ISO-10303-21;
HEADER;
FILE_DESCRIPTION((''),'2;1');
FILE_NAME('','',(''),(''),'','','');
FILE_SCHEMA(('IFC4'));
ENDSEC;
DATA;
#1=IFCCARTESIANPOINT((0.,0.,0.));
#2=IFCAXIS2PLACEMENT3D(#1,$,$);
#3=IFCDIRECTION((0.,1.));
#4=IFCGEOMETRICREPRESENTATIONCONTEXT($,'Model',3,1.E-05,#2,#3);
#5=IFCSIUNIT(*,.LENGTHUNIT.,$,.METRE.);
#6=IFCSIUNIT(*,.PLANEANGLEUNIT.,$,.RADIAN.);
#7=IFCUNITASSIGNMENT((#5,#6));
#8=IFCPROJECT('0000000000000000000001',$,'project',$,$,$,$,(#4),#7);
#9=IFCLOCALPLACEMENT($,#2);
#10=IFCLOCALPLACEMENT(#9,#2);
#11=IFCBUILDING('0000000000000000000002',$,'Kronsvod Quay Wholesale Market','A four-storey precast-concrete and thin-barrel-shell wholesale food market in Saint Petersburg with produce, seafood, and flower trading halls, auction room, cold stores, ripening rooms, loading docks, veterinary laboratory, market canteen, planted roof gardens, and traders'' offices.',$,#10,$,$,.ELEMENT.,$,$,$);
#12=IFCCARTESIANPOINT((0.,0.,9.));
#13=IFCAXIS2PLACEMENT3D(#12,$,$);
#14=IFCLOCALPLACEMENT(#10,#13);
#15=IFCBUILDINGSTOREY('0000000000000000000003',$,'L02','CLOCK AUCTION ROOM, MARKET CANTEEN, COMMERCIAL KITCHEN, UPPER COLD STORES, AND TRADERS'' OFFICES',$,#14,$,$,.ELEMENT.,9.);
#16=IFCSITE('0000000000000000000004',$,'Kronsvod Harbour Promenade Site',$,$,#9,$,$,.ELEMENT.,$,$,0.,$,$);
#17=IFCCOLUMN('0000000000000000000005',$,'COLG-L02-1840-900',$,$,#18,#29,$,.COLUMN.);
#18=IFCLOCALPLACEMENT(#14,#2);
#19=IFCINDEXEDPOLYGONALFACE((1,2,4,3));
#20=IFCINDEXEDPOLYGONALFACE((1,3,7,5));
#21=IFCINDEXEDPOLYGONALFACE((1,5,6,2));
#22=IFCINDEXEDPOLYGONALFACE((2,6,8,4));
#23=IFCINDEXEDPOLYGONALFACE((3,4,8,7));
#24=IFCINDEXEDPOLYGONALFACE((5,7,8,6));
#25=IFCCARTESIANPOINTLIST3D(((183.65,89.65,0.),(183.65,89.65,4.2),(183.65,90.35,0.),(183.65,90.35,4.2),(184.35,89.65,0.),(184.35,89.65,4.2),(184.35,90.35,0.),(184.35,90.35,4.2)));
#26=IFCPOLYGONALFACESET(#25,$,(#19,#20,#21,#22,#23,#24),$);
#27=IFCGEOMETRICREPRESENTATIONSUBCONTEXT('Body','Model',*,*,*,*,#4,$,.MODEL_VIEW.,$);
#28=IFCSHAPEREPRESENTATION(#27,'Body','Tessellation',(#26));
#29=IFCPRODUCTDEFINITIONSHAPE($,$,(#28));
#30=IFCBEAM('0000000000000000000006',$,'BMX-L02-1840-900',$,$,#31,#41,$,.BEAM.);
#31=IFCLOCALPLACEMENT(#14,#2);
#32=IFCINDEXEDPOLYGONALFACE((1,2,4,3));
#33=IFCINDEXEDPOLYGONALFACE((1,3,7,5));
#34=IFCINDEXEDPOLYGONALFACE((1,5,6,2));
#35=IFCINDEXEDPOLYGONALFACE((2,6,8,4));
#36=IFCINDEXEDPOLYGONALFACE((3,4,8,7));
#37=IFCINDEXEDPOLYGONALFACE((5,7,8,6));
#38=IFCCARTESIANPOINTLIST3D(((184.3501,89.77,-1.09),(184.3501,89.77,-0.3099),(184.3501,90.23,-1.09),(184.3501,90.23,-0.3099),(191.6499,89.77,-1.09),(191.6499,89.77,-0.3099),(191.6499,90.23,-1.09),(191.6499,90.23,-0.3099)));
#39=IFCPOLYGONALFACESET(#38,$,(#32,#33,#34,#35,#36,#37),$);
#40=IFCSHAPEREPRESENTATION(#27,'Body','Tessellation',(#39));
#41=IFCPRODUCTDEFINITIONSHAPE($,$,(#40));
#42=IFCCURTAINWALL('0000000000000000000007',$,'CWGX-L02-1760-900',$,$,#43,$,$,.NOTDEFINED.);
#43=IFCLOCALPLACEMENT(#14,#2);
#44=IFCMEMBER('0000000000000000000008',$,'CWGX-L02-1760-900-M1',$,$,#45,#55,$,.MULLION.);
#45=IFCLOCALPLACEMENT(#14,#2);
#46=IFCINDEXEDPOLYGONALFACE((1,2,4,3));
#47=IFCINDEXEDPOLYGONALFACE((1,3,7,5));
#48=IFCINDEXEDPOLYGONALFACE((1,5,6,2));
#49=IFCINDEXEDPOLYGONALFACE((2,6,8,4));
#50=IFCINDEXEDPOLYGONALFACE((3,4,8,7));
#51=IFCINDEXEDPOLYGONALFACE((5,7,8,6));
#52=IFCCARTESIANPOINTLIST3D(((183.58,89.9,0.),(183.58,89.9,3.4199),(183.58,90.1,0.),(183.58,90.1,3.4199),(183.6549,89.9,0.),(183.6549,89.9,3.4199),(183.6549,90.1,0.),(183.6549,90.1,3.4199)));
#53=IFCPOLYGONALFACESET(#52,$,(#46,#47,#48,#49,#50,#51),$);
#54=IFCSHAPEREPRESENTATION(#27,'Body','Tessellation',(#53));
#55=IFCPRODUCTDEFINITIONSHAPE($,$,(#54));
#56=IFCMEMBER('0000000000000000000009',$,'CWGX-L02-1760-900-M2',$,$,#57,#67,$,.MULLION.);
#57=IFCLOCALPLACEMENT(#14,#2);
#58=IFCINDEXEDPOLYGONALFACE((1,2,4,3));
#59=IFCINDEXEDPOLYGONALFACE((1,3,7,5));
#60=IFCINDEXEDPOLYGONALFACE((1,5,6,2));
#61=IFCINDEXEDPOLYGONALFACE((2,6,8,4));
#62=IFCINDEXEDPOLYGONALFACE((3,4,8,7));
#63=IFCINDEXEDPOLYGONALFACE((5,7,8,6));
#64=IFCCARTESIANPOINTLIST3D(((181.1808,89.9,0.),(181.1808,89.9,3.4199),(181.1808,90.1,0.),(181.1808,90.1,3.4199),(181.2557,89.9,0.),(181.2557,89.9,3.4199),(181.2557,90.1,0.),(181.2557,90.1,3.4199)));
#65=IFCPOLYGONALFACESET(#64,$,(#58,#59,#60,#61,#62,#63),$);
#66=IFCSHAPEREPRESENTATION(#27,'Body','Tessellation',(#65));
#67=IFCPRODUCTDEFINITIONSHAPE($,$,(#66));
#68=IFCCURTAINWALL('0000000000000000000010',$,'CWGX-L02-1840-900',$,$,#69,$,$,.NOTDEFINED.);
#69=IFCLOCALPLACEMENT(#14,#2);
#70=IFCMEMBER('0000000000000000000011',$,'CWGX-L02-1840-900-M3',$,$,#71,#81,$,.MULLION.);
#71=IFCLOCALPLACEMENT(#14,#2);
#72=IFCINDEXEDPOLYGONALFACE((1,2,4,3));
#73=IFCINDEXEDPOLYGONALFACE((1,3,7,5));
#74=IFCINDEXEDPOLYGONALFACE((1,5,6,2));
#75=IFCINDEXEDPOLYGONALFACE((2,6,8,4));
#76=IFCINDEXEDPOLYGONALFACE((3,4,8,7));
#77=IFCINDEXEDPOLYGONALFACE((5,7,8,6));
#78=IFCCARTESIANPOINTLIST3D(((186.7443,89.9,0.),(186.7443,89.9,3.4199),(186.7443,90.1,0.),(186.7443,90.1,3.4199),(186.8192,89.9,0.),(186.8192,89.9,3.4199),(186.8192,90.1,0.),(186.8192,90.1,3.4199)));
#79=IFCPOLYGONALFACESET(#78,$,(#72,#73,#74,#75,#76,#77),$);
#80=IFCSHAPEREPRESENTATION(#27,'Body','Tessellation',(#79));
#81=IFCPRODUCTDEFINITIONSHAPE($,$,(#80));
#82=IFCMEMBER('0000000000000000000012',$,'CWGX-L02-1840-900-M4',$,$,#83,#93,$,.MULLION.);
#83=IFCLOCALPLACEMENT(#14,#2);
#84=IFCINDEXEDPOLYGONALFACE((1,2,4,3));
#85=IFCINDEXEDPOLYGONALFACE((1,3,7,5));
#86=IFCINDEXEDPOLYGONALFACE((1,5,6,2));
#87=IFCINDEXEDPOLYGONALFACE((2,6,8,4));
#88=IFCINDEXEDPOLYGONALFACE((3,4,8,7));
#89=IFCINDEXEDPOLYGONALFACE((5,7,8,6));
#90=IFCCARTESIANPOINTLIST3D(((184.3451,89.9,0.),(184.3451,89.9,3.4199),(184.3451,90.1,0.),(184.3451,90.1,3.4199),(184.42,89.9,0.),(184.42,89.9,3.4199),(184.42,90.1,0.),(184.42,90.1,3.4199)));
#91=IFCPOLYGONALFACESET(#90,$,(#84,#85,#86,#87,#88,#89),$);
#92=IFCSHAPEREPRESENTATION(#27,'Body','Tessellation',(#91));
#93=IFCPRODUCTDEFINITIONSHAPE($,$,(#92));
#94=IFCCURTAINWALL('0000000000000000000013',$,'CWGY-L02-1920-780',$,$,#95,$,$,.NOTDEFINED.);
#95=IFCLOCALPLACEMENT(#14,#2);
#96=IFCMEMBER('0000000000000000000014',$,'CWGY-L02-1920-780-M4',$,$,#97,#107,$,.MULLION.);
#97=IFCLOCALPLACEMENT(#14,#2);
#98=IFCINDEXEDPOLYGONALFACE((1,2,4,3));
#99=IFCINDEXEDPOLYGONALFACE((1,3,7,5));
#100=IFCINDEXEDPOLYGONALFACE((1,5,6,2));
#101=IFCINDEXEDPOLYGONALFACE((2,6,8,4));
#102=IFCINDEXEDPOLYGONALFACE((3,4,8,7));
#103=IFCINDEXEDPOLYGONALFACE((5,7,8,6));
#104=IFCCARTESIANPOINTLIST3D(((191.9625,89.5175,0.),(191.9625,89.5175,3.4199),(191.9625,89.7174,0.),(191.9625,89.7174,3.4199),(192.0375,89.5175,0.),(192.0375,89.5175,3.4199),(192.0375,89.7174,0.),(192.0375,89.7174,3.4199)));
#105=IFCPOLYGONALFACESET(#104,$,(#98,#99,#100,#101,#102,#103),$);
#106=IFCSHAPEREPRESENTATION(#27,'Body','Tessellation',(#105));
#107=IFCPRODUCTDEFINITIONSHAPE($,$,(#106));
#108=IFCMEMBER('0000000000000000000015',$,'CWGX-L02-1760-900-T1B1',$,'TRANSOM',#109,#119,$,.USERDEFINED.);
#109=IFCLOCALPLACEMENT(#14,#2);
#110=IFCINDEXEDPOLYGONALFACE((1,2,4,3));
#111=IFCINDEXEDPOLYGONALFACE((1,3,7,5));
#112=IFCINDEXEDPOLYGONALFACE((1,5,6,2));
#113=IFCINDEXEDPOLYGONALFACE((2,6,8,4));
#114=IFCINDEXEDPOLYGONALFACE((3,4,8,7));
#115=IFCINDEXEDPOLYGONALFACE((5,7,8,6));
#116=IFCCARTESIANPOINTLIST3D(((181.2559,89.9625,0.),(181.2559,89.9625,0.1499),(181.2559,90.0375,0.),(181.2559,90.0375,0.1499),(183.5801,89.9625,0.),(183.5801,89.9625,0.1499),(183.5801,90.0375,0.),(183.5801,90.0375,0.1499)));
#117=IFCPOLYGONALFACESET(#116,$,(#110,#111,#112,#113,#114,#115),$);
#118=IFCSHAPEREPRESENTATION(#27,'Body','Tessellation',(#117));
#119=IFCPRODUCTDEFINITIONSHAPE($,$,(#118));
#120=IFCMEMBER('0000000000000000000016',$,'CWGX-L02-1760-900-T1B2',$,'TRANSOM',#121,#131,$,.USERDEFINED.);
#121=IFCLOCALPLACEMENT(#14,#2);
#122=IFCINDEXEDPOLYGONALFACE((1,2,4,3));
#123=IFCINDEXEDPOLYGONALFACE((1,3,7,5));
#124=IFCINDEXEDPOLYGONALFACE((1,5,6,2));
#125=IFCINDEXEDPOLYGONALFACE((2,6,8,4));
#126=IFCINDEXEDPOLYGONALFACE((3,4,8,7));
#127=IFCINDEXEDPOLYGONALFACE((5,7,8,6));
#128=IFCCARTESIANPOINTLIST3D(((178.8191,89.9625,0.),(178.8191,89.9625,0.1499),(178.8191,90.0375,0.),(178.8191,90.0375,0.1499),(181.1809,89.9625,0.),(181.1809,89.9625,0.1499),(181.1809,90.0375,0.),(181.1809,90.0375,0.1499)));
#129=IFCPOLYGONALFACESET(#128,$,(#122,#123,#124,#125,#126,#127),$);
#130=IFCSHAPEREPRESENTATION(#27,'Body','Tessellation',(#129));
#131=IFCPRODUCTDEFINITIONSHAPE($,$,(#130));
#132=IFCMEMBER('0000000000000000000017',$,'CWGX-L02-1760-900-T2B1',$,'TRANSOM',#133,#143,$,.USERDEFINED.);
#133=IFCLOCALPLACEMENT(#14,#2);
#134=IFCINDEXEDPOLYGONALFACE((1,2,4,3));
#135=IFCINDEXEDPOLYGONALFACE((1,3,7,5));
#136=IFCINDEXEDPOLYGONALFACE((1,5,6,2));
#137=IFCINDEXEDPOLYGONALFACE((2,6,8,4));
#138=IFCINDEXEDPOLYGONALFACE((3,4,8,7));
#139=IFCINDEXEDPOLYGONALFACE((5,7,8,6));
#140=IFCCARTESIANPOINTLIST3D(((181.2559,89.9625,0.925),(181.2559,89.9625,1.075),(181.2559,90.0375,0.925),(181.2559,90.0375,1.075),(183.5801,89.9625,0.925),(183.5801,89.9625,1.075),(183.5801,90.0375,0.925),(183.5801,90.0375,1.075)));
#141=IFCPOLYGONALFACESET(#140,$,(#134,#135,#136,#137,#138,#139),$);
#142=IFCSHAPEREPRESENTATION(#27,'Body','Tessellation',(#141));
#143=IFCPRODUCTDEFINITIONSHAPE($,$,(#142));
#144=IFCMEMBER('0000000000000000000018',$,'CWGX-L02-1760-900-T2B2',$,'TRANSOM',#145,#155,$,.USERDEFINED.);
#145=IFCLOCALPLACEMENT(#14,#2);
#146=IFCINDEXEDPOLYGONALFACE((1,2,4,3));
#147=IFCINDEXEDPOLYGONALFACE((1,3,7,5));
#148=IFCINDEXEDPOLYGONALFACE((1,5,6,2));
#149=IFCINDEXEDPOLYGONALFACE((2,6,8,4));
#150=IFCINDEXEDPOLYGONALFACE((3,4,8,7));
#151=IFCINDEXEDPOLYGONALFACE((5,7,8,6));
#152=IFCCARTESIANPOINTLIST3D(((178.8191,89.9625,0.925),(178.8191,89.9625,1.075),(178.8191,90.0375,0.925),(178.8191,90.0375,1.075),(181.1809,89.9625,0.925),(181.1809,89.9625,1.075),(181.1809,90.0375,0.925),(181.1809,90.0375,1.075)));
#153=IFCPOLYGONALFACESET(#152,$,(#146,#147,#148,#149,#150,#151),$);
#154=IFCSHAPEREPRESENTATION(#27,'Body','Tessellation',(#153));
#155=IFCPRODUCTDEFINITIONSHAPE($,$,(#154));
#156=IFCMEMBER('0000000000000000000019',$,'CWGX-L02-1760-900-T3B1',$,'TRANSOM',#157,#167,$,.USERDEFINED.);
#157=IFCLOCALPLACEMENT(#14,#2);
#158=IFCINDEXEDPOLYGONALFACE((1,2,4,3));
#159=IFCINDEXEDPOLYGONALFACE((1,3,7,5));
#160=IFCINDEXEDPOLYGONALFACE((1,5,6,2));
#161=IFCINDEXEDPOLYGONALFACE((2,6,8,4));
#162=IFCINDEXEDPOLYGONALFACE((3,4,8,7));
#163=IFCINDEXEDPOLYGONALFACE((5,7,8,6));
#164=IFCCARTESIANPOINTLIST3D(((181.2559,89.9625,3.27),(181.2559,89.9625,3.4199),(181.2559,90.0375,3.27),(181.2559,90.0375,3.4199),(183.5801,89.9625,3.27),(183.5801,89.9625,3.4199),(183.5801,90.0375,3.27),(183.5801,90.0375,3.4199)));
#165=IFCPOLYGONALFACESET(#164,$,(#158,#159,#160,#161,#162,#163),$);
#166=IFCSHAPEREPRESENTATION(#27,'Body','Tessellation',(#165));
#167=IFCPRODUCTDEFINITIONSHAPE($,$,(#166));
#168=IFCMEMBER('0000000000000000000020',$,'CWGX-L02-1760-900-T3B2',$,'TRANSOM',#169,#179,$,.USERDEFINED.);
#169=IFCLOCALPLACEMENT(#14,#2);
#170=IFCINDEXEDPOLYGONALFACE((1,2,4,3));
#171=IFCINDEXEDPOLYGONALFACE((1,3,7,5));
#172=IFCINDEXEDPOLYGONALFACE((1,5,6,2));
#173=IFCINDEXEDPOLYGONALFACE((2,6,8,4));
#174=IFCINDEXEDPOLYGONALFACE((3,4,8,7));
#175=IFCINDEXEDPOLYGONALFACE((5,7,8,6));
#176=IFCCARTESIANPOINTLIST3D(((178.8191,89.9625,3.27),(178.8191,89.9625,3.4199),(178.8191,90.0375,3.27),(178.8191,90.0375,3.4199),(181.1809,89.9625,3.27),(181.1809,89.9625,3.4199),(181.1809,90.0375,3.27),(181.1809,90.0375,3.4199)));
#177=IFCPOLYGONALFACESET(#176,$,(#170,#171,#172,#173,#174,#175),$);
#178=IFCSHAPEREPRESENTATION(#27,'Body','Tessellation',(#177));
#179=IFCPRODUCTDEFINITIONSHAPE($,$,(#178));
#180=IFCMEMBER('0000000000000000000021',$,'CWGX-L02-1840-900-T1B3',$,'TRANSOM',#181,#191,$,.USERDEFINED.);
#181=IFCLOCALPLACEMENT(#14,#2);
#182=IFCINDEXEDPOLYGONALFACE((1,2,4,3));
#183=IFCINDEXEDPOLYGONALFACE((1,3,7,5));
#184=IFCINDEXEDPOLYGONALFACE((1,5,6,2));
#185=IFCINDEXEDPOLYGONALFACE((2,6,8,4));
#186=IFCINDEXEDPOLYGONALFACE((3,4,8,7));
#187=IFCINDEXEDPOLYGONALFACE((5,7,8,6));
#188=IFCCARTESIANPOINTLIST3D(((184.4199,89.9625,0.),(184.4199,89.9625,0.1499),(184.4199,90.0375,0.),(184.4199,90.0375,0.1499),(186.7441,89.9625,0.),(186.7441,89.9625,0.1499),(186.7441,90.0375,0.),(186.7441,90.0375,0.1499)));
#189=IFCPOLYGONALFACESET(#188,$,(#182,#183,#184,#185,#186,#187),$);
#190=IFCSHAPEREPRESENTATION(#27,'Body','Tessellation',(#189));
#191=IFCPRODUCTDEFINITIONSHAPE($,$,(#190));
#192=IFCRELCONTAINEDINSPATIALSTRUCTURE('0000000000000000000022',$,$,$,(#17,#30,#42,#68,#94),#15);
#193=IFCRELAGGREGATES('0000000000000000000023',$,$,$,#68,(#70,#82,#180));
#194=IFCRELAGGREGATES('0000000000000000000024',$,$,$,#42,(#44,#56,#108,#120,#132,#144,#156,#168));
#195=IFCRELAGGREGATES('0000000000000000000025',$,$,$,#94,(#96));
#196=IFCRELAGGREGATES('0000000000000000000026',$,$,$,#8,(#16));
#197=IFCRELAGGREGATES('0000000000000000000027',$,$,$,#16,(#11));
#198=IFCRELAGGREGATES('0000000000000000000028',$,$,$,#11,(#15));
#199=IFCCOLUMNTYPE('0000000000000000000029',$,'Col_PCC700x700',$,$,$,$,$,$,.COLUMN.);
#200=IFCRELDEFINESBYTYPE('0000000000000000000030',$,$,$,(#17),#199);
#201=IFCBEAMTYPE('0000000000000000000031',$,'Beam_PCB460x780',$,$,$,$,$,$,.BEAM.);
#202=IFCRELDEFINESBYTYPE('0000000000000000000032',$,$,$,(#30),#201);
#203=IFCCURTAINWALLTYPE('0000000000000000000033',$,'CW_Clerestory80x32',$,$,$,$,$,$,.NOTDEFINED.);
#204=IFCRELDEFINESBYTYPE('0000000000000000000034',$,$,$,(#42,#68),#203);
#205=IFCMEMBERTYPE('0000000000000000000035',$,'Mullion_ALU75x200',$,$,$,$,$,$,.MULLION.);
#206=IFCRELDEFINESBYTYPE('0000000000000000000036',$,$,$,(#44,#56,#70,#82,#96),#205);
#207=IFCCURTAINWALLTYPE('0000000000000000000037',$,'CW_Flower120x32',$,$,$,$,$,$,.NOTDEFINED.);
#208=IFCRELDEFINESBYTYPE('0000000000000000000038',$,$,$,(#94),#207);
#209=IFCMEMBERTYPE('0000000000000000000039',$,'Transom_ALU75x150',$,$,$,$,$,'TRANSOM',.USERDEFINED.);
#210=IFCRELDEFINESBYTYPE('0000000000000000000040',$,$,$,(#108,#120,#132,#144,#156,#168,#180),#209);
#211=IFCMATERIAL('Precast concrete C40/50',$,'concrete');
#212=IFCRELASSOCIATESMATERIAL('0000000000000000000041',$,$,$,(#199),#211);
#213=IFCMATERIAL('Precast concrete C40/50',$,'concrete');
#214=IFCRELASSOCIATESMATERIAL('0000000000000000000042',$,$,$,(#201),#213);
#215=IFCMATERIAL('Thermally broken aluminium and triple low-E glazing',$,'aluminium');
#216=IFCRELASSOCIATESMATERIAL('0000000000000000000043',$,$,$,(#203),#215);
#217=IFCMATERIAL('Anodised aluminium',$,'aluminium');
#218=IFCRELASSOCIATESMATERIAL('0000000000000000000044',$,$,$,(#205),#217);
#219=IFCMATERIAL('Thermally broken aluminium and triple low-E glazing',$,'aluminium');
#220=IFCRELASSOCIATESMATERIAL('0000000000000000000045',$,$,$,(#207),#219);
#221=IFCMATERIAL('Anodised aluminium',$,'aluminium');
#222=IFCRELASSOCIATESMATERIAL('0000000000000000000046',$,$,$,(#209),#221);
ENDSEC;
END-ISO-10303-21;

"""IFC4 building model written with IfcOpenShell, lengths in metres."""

from ifc_helpers import new_model, si_unit, direction, frame, origin, origin_2d, place, context, subcontext, project, spatial, rectangle, extrude, material, material_profile, profile_set, type_object, element, aggregate, save


model = new_model("IFC4")

# Units and contexts
model_context = context("Model", 3, precision=1e-05, world=origin(), true_north=direction((0.0, 1.0)))
body_context = subcontext(model_context, "Body", "Model", "MODEL_VIEW")
ifc_project = project(units=[si_unit("LENGTHUNIT", "METRE"), si_unit("PLANEANGLEUNIT", "RADIAN")], contexts=[model_context])

# Site, building, storey
site_placement = place(None, origin())
site = spatial("IfcSite", under=ifc_project, at=site_placement, Name="Kronsvod Harbour Promenade Site", CompositionType="ELEMENT", RefElevation=0.0)
building_placement = place(site_placement, origin())
building = spatial("IfcBuilding", under=site, at=building_placement, Name="Kronsvod Quay Wholesale Market", Description="A four-storey precast-concrete and thin-barrel-shell wholesale food market in Saint Petersburg with produce, seafood, and flower trading halls, auction room, cold stores, ripening rooms, loading docks, veterinary laboratory, market canteen, planted roof gardens, and traders' offices.", CompositionType="ELEMENT")
storey_placement = place(building_placement, frame((0.0, 0.0, 9.0)))
storey = spatial("IfcBuildingStorey", under=building, at=storey_placement, Name="L02", Description="CLOCK AUCTION ROOM, MARKET CANTEEN, COMMERCIAL KITCHEN, UPPER COLD STORES, AND TRADERS' OFFICES", CompositionType="ELEMENT", Elevation=9.0)

# Column
ifc_material_1 = material(Name="Precast concrete C40/50", Category="concrete")
ifc_material_profile_1 = material_profile(ifc_material_1, rectangle(XDim=0.7, YDim=0.7, at=origin_2d()), Name="PCC700x700")
ifc_profile_set_1 = profile_set([ifc_material_profile_1], Name="Precast concrete C40/50")
column_type = type_object("IfcColumnType", Name="Col_PCC700x700", PredefinedType="COLUMN", material=ifc_profile_set_1)
column_placement = place(storey_placement, frame((184.0, 90.0, 0.0), z_axis=(0.0, 0.0, 1.0), x_axis=(1.0, 0.0, 0.0)))
element("IfcColumn", 1, at=column_placement, inside=storey, type_object=column_type, Name="COLG-L02-1840-900", PredefinedType="COLUMN", context=body_context, shape_type="SweptSolid", body=[
    extrude(rectangle(XDim=0.7, YDim=0.7, at=origin_2d()), origin(), (0.0, 0.0, 1.0), 4.2),
])

# Beam
ifc_material_2 = material(Name="Precast concrete C40/50", Category="concrete")
ifc_material_profile_2 = material_profile(ifc_material_2, rectangle(XDim=0.46, YDim=0.78, at=origin_2d()), Name="PB-03")
ifc_profile_set_2 = profile_set([ifc_material_profile_2], Name="Precast concrete C40/50")
beam_type = type_object("IfcBeamType", Name="Beam_PCB460x780", PredefinedType="BEAM", material=ifc_profile_set_2)
beam_placement = place(storey_placement, frame((184.3501, 90.0, -0.7), z_axis=(1.0, 0.0, 0.0), x_axis=(0.0, 1.0, 0.0)))
element("IfcBeam", 2, at=beam_placement, inside=storey, type_object=beam_type, Name="BMX-L02-1840-900", PredefinedType="BEAM", context=body_context, shape_type="SweptSolid", body=[
    extrude(rectangle(XDim=0.46, YDim=0.78, at=origin_2d()), origin(), (0.0, 0.0, 1.0), 7.2998),
])

# Curtain walls, members
ifc_material_3 = material(Name="Thermally broken aluminium and triple low-E glazing", Category="aluminium")
curtain_wall_type_1 = type_object("IfcCurtainWallType", Name="CW_Clerestory80x32", PredefinedType="NOTDEFINED", material=ifc_material_3)
curtain_wall_1_placement = place(storey_placement, origin())
curtain_wall_1 = element("IfcCurtainWall", 3, at=curtain_wall_1_placement, inside=storey, type_object=curtain_wall_type_1, Name="CWGX-L02-1760-900", PredefinedType="NOTDEFINED")
ifc_material_4 = material(Name="Anodised aluminium", Category="aluminium")
ifc_material_profile_3 = material_profile(ifc_material_4, rectangle(XDim=0.075, YDim=0.2, at=origin_2d()), Name="ALUM75x200")
ifc_profile_set_3 = profile_set([ifc_material_profile_3], Name="Anodised aluminium")
member_type_1 = type_object("IfcMemberType", Name="Mullion_ALU75x200", PredefinedType="MULLION", material=ifc_profile_set_3)
member_1_placement = place(storey_placement, frame((183.6174, 90.0, 0.0), z_axis=(0.0, 0.0, 1.0), x_axis=(1.0, 0.0, 0.0)))
member_1 = element("IfcMember", 4, at=member_1_placement, type_object=member_type_1, Name="CWGX-L02-1760-900-M1", PredefinedType="MULLION", context=body_context, shape_type="SweptSolid", body=[
    extrude(rectangle(XDim=0.075, YDim=0.2, at=origin_2d()), origin(), (0.0, 0.0, 1.0), 3.4199),
])
member_2_placement = place(storey_placement, frame((181.2183, 90.0, 0.0), z_axis=(0.0, 0.0, 1.0), x_axis=(1.0, 0.0, 0.0)))
member_2 = element("IfcMember", 5, at=member_2_placement, type_object=member_type_1, Name="CWGX-L02-1760-900-M2", PredefinedType="MULLION", context=body_context, shape_type="SweptSolid", body=[
    extrude(rectangle(XDim=0.075, YDim=0.2, at=origin_2d()), origin(), (0.0, 0.0, 1.0), 3.4199),
])
curtain_wall_2_placement = place(storey_placement, origin())
curtain_wall_2 = element("IfcCurtainWall", 6, at=curtain_wall_2_placement, inside=storey, type_object=curtain_wall_type_1, Name="CWGX-L02-1840-900", PredefinedType="NOTDEFINED")
member_3_placement = place(storey_placement, frame((186.7817, 90.0, 0.0), z_axis=(0.0, 0.0, 1.0), x_axis=(1.0, 0.0, 0.0)))
member_3 = element("IfcMember", 7, at=member_3_placement, type_object=member_type_1, Name="CWGX-L02-1840-900-M3", PredefinedType="MULLION", context=body_context, shape_type="SweptSolid", body=[
    extrude(rectangle(XDim=0.075, YDim=0.2, at=origin_2d()), origin(), (0.0, 0.0, 1.0), 3.4199),
])
member_4_placement = place(storey_placement, frame((184.3826, 90.0, 0.0), z_axis=(0.0, 0.0, 1.0), x_axis=(1.0, 0.0, 0.0)))
member_4 = element("IfcMember", 8, at=member_4_placement, type_object=member_type_1, Name="CWGX-L02-1840-900-M4", PredefinedType="MULLION", context=body_context, shape_type="SweptSolid", body=[
    extrude(rectangle(XDim=0.075, YDim=0.2, at=origin_2d()), origin(), (0.0, 0.0, 1.0), 3.4199),
])

# Curtain wall, member
ifc_material_5 = material(Name="Thermally broken aluminium and triple low-E glazing", Category="aluminium")
curtain_wall_type_2 = type_object("IfcCurtainWallType", Name="CW_Flower120x32", PredefinedType="NOTDEFINED", material=ifc_material_5)
curtain_wall_3_placement = place(storey_placement, origin())
curtain_wall_3 = element("IfcCurtainWall", 9, at=curtain_wall_3_placement, inside=storey, type_object=curtain_wall_type_2, Name="CWGY-L02-1920-780", PredefinedType="NOTDEFINED")
member_5_placement = place(storey_placement, frame((192.0, 89.6174, 0.0), z_axis=(0.0, 0.0, 1.0), x_axis=(1.0, 0.0, 0.0)))
member_5 = element("IfcMember", 10, at=member_5_placement, type_object=member_type_1, Name="CWGY-L02-1920-780-M4", PredefinedType="MULLION", context=body_context, shape_type="SweptSolid", body=[
    extrude(rectangle(XDim=0.075, YDim=0.2, at=origin_2d()), origin(), (0.0, 0.0, 1.0), 3.4199),
])

# Members
ifc_material_6 = material(Name="Anodised aluminium", Category="aluminium")
ifc_material_profile_4 = material_profile(ifc_material_6, rectangle(XDim=0.075, YDim=0.1499, at=origin_2d()), Name="ALUT75x150")
ifc_profile_set_4 = profile_set([ifc_material_profile_4], Name="Anodised aluminium")
member_type_2 = type_object("IfcMemberType", Name="Transom_ALU75x150", ElementType="TRANSOM", PredefinedType="USERDEFINED", material=ifc_profile_set_4)
member_6_placement = place(storey_placement, frame((183.5801, 90.0, 0.075), z_axis=(-1.0, 0.0, 0.0), x_axis=(0.0, -1.0, 0.0)))
member_6 = element("IfcMember", 11, at=member_6_placement, type_object=member_type_2, Name="CWGX-L02-1760-900-T1B1", ObjectType="TRANSOM", PredefinedType="USERDEFINED", context=body_context, shape_type="SweptSolid", body=[
    extrude(rectangle(XDim=0.075, YDim=0.1499, at=origin_2d()), origin(), (0.0, 0.0, 1.0), 2.3242),
])
member_7_placement = place(storey_placement, frame((181.1809, 90.0, 0.075), z_axis=(-1.0, 0.0, 0.0), x_axis=(0.0, -1.0, 0.0)))
member_7 = element("IfcMember", 12, at=member_7_placement, type_object=member_type_2, Name="CWGX-L02-1760-900-T1B2", ObjectType="TRANSOM", PredefinedType="USERDEFINED", context=body_context, shape_type="SweptSolid", body=[
    extrude(rectangle(XDim=0.075, YDim=0.1499, at=origin_2d()), origin(), (0.0, 0.0, 1.0), 2.3618),
])
member_8_placement = place(storey_placement, frame((183.5801, 90.0, 1.0), z_axis=(-1.0, 0.0, 0.0), x_axis=(0.0, -1.0, 0.0)))
member_8 = element("IfcMember", 13, at=member_8_placement, type_object=member_type_2, Name="CWGX-L02-1760-900-T2B1", ObjectType="TRANSOM", PredefinedType="USERDEFINED", context=body_context, shape_type="SweptSolid", body=[
    extrude(rectangle(XDim=0.075, YDim=0.1499, at=origin_2d()), origin(), (0.0, 0.0, 1.0), 2.3242),
])
member_9_placement = place(storey_placement, frame((181.1809, 90.0, 1.0), z_axis=(-1.0, 0.0, 0.0), x_axis=(0.0, -1.0, 0.0)))
member_9 = element("IfcMember", 14, at=member_9_placement, type_object=member_type_2, Name="CWGX-L02-1760-900-T2B2", ObjectType="TRANSOM", PredefinedType="USERDEFINED", context=body_context, shape_type="SweptSolid", body=[
    extrude(rectangle(XDim=0.075, YDim=0.1499, at=origin_2d()), origin(), (0.0, 0.0, 1.0), 2.3618),
])
member_10_placement = place(storey_placement, frame((183.5801, 90.0, 3.345), z_axis=(-1.0, 0.0, 0.0), x_axis=(0.0, -1.0, 0.0)))
member_10 = element("IfcMember", 15, at=member_10_placement, type_object=member_type_2, Name="CWGX-L02-1760-900-T3B1", ObjectType="TRANSOM", PredefinedType="USERDEFINED", context=body_context, shape_type="SweptSolid", body=[
    extrude(rectangle(XDim=0.075, YDim=0.1499, at=origin_2d()), origin(), (0.0, 0.0, 1.0), 2.3242),
])
member_11_placement = place(storey_placement, frame((181.1809, 90.0, 3.345), z_axis=(-1.0, 0.0, 0.0), x_axis=(0.0, -1.0, 0.0)))
member_11 = element("IfcMember", 16, at=member_11_placement, type_object=member_type_2, Name="CWGX-L02-1760-900-T3B2", ObjectType="TRANSOM", PredefinedType="USERDEFINED", context=body_context, shape_type="SweptSolid", body=[
    extrude(rectangle(XDim=0.075, YDim=0.1499, at=origin_2d()), origin(), (0.0, 0.0, 1.0), 2.3618),
])
member_12_placement = place(storey_placement, frame((186.7441, 90.0, 0.075), z_axis=(-1.0, 0.0, 0.0), x_axis=(0.0, -1.0, 0.0)))
member_12 = element("IfcMember", 17, at=member_12_placement, type_object=member_type_2, Name="CWGX-L02-1840-900-T1B3", ObjectType="TRANSOM", PredefinedType="USERDEFINED", context=body_context, shape_type="SweptSolid", body=[
    extrude(rectangle(XDim=0.075, YDim=0.1499, at=origin_2d()), origin(), (0.0, 0.0, 1.0), 2.3242),
])

aggregate(curtain_wall_2, [member_3, member_4, member_12])
aggregate(curtain_wall_1, [member_1, member_2, member_6, member_7, member_8, member_9, member_10, member_11])
aggregate(curtain_wall_3, [member_5])

save(model, "model.ifc")
